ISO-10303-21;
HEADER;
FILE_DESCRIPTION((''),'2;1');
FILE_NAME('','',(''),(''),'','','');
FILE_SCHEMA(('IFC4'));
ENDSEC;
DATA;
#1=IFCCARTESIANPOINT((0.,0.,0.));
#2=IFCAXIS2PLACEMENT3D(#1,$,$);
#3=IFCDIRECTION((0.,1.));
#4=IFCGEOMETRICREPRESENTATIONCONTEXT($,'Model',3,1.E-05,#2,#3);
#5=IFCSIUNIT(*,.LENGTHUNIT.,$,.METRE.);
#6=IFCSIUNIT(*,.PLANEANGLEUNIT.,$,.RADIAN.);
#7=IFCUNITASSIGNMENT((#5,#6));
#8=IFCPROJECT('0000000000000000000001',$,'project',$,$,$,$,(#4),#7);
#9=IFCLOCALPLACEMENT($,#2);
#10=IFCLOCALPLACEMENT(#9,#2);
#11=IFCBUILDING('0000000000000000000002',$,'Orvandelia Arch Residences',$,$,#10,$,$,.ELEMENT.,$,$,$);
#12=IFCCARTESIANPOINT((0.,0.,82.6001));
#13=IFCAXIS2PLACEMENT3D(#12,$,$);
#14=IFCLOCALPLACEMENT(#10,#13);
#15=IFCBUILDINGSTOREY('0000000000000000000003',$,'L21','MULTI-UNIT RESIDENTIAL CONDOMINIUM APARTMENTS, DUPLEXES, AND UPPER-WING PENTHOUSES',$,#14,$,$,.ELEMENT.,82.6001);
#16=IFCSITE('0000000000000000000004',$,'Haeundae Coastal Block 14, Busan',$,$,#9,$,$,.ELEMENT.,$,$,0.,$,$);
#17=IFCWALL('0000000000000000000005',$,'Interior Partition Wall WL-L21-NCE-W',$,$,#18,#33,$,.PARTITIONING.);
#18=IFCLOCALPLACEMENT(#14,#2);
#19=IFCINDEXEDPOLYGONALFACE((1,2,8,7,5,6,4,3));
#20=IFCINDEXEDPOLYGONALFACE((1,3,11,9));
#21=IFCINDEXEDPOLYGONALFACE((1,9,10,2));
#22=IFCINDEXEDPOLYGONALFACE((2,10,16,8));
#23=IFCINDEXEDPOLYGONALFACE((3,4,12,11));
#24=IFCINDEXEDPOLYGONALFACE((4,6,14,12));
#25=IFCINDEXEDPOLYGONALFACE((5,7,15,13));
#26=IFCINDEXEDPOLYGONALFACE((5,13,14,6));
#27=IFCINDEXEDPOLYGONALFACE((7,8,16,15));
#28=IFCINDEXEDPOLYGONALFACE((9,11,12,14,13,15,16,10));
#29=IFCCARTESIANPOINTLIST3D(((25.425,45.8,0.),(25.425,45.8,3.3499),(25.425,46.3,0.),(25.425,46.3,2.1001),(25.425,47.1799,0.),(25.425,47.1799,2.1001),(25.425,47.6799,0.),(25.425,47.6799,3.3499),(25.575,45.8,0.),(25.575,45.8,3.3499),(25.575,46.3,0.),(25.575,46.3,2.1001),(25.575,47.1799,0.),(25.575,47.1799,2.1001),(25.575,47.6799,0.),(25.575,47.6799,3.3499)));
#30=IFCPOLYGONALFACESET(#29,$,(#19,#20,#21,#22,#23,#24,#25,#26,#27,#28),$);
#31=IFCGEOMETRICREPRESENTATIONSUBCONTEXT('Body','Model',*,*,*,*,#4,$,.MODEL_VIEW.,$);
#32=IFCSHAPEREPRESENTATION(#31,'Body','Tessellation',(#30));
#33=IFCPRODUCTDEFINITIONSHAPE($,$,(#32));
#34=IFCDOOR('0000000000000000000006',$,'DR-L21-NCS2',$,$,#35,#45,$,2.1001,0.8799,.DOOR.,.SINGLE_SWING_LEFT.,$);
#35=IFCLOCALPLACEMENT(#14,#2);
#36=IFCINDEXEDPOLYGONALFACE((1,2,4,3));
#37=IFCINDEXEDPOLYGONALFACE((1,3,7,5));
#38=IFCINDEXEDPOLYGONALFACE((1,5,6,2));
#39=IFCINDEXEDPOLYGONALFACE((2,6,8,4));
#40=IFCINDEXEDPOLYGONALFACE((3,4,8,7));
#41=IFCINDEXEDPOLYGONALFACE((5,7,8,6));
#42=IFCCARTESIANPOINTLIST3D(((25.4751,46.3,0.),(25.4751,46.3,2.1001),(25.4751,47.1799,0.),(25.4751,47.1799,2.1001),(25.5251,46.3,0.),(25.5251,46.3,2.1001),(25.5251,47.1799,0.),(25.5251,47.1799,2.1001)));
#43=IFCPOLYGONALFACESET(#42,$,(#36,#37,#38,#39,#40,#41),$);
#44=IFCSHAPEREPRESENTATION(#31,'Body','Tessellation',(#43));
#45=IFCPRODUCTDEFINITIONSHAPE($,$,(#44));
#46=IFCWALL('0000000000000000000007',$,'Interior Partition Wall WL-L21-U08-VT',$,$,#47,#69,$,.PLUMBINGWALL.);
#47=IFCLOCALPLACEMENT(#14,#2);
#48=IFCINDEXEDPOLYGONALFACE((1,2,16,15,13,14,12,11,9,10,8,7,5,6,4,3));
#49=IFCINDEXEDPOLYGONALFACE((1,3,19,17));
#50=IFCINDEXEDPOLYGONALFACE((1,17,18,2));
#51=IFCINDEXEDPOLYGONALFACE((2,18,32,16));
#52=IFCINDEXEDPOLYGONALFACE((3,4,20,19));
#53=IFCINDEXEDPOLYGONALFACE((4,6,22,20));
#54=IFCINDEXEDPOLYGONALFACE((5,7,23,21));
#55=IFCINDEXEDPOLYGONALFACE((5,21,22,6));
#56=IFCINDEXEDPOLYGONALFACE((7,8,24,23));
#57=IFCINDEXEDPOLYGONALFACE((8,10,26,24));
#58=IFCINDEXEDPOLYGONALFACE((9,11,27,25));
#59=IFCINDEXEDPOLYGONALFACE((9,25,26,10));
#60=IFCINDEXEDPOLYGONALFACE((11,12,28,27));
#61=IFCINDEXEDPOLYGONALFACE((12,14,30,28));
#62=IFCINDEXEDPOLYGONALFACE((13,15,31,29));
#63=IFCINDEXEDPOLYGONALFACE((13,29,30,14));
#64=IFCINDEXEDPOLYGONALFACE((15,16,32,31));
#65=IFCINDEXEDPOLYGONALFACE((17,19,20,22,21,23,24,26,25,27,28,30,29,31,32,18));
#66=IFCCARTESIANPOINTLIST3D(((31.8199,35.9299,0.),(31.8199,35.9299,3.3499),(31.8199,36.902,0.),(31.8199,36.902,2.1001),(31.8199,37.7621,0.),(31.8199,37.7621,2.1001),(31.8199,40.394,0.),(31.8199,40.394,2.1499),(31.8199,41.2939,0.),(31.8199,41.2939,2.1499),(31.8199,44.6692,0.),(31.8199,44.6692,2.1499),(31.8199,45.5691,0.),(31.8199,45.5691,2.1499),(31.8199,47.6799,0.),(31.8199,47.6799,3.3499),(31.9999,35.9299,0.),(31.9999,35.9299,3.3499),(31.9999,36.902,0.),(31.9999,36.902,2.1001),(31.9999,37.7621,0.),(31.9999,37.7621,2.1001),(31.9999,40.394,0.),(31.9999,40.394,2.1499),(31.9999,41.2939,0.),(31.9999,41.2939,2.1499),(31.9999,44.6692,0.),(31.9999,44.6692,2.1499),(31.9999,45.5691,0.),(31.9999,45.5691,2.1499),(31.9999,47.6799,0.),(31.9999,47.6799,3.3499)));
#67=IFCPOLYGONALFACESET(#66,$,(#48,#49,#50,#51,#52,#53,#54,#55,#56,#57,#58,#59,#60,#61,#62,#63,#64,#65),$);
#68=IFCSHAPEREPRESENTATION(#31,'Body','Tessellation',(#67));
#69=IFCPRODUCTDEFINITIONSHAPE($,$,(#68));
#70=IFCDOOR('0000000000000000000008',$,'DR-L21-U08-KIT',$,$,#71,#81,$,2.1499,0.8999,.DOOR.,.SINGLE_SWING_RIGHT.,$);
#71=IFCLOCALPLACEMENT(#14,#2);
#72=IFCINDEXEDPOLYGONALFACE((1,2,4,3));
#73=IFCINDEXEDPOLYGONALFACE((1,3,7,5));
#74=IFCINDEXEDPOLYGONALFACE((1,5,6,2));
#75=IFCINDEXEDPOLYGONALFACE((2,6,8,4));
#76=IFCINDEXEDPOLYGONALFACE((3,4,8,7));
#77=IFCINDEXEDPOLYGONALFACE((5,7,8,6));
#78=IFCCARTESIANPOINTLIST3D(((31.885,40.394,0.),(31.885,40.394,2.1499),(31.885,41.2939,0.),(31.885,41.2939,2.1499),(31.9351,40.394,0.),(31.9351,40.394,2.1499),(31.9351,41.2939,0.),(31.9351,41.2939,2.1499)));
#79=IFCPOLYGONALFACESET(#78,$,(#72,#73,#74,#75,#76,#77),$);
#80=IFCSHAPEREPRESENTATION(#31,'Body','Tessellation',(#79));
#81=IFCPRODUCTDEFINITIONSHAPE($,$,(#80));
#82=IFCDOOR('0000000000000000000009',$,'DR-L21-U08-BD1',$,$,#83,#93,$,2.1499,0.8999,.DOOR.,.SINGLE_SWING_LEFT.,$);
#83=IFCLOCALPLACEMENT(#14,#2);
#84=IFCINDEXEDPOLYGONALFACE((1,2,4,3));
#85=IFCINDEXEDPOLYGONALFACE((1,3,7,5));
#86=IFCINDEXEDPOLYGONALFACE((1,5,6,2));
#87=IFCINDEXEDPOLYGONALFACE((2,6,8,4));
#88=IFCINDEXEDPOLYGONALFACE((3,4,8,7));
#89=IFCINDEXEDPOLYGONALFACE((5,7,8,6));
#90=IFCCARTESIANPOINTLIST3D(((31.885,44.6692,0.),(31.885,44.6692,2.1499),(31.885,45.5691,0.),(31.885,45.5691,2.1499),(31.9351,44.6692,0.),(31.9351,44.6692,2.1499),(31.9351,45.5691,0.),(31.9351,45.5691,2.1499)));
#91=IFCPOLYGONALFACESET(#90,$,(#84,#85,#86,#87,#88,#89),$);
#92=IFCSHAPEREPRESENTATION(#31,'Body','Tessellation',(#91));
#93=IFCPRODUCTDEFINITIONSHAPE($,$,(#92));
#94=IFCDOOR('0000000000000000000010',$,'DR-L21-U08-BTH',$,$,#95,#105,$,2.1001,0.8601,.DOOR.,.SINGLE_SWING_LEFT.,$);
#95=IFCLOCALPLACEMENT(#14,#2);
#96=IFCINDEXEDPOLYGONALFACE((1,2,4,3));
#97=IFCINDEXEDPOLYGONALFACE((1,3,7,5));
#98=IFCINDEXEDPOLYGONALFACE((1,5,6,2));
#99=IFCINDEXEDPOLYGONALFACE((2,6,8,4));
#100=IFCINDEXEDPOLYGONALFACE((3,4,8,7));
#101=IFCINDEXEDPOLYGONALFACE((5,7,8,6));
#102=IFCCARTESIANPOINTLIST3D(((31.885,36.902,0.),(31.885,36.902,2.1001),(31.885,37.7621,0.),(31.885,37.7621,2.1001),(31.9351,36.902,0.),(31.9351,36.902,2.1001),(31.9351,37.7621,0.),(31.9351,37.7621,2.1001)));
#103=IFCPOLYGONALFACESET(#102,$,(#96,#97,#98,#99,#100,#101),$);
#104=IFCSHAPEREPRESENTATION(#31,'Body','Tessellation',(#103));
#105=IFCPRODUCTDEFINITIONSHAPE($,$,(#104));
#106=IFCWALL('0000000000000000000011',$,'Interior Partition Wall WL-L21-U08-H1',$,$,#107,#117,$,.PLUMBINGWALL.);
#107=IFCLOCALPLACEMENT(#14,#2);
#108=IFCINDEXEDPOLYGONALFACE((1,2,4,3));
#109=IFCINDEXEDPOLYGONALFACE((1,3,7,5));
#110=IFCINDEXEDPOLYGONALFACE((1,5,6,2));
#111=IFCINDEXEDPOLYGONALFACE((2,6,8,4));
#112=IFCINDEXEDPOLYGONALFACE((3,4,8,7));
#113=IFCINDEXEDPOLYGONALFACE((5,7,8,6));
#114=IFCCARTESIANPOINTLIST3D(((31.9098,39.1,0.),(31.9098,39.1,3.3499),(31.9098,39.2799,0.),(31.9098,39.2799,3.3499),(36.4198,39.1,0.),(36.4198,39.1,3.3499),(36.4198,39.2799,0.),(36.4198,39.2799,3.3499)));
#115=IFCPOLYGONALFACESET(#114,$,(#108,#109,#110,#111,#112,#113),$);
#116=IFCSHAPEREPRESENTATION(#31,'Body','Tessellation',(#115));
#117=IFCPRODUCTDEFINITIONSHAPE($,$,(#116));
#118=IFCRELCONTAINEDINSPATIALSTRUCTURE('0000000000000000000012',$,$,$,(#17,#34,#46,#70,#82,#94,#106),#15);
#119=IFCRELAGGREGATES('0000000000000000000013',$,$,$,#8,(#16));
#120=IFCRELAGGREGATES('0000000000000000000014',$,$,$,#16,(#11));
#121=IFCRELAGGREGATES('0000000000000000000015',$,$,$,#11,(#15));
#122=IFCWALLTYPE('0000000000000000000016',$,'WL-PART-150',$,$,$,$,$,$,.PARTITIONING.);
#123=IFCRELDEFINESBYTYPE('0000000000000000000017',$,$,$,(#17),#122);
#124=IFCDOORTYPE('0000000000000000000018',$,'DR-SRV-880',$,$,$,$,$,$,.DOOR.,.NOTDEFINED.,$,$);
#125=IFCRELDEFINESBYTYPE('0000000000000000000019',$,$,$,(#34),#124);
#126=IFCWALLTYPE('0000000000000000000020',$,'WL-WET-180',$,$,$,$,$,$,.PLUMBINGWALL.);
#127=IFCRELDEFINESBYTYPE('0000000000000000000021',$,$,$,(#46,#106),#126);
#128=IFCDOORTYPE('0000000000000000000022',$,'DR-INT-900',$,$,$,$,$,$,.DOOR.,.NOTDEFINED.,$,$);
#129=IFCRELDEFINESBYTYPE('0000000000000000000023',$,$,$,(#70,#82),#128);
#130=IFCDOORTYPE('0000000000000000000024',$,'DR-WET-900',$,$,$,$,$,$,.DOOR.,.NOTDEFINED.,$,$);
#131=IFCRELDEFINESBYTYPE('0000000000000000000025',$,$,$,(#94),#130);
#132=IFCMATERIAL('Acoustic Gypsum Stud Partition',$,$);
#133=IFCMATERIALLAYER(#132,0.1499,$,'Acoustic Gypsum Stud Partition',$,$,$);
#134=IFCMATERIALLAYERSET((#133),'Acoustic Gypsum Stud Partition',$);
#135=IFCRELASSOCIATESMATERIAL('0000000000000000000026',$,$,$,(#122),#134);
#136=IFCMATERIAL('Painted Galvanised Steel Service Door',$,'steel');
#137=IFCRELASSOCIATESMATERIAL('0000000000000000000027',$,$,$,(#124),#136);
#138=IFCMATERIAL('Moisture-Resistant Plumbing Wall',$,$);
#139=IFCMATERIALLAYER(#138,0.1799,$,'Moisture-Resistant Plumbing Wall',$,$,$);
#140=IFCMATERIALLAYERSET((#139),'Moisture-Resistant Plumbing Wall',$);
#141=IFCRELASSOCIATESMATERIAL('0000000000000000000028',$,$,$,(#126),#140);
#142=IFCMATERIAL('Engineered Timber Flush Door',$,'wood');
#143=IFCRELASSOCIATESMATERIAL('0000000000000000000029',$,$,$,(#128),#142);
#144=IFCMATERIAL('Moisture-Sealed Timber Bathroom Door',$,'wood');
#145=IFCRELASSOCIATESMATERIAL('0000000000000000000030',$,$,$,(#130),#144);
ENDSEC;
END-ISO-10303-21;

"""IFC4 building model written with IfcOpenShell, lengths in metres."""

from ifc_helpers import new_model, si_unit, direction, frame, frame_2d, origin, place, context, subcontext, project, spatial, rectangle, extrude, material, layer, layer_set, type_object, element, fill, save


model = new_model("IFC4")

# Units and contexts
model_context = context("Model", 3, precision=1e-05, world=origin(), true_north=direction((0.0, 1.0)))
body_context = subcontext(model_context, "Body", "Model", "MODEL_VIEW")
ifc_project = project(units=[si_unit("LENGTHUNIT", "METRE"), si_unit("PLANEANGLEUNIT", "RADIAN")], contexts=[model_context])

# Site, building, storey
site_placement = place(None, origin())
site = spatial("IfcSite", under=ifc_project, at=site_placement, Name="Haeundae Coastal Block 14, Busan", CompositionType="ELEMENT", RefElevation=0.0)
building_placement = place(site_placement, origin())
building = spatial("IfcBuilding", under=site, at=building_placement, Name="Orvandelia Arch Residences", CompositionType="ELEMENT")
storey_placement = place(building_placement, frame((0.0, 0.0, 82.6001)))
storey = spatial("IfcBuildingStorey", under=building, at=storey_placement, Name="L21", Description="MULTI-UNIT RESIDENTIAL CONDOMINIUM APARTMENTS, DUPLEXES, AND UPPER-WING PENTHOUSES", CompositionType="ELEMENT", Elevation=82.6001)

# Wall, opening, door
ifc_material_1 = material(Name="Acoustic Gypsum Stud Partition")
ifc_layer_1 = layer(ifc_material_1, 0.1499, Name="Acoustic Gypsum Stud Partition")
ifc_layer_set_1 = layer_set([ifc_layer_1], Name="Acoustic Gypsum Stud Partition")
wall_type_1 = type_object("IfcWallType", Name="WL-PART-150", PredefinedType="PARTITIONING", material=ifc_layer_set_1)
wall_1_placement = place(storey_placement, frame((25.5, 45.8, 0.0), z_axis=(0.0, 0.0, 1.0), x_axis=(0.0, 1.0, 0.0)))
wall_1 = element("IfcWall", 1, at=wall_1_placement, inside=storey, type_object=wall_type_1, Name="Interior Partition Wall WL-L21-NCE-W", PredefinedType="PARTITIONING", context=body_context, shape_type="SweptSolid", body=[
    extrude(rectangle(XDim=1.8799, YDim=0.1499, at=frame_2d((0.9399, 0.0))), origin(), (0.0, 0.0, 1.0), 3.3499),
])
opening_1_placement = place(wall_1_placement, frame((0.5, 0.0, 0.0)))
opening_1 = element("IfcOpeningElement", 2, at=opening_1_placement, cuts=wall_1, PredefinedType="OPENING", context=body_context, shape_type="SweptSolid", body=[
    extrude(rectangle(XDim=0.8799, YDim=2.1001, at=frame_2d((0.4399, 1.05))), frame((0.0, 0.085, 0.0), z_axis=(0.0, -1.0, 0.0), x_axis=(1.0, 0.0, 0.0)), (0.0, 0.0, 1.0), 0.1699),
])
ifc_material_2 = material(Name="Painted Galvanised Steel Service Door", Category="steel")
door_type_1 = type_object("IfcDoorType", Name="DR-SRV-880", OperationType="NOTDEFINED", PredefinedType="DOOR", material=ifc_material_2)
door_1_placement = place(opening_1_placement, origin())
door_1 = element("IfcDoor", 3, at=door_1_placement, inside=storey, type_object=door_type_1, Name="DR-L21-NCS2", OperationType="SINGLE_SWING_LEFT", OverallHeight=2.1001, OverallWidth=0.8799, PredefinedType="DOOR", context=body_context, shape_type="SweptSolid", body=[
    extrude(rectangle(XDim=0.8799, YDim=2.1001, at=frame_2d((0.4399, 1.05))), frame((0.0, 0.0249, 0.0), z_axis=(0.0, -1.0, 0.0), x_axis=(1.0, 0.0, 0.0)), (0.0, 0.0, 1.0), 0.05),
])
fill(opening_1, door_1)

# Wall, openings, doors
ifc_material_3 = material(Name="Moisture-Resistant Plumbing Wall")
ifc_layer_2 = layer(ifc_material_3, 0.1799, Name="Moisture-Resistant Plumbing Wall")
ifc_layer_set_2 = layer_set([ifc_layer_2], Name="Moisture-Resistant Plumbing Wall")
wall_type_2 = type_object("IfcWallType", Name="WL-WET-180", PredefinedType="PLUMBINGWALL", material=ifc_layer_set_2)
wall_2_placement = place(storey_placement, frame((31.9099, 35.9299, 0.0), z_axis=(0.0, 0.0, 1.0), x_axis=(0.0, 1.0, 0.0)))
wall_2 = element("IfcWall", 4, at=wall_2_placement, inside=storey, type_object=wall_type_2, Name="Interior Partition Wall WL-L21-U08-VT", PredefinedType="PLUMBINGWALL", context=body_context, shape_type="SweptSolid", body=[
    extrude(rectangle(XDim=11.75, YDim=0.1799, at=frame_2d((5.875, 0.0))), origin(), (0.0, 0.0, 1.0), 3.3499),
])
opening_2_placement = place(wall_2_placement, frame((0.9719, 0.0, 0.0)))
opening_2 = element("IfcOpeningElement", 5, at=opening_2_placement, cuts=wall_2, PredefinedType="OPENING", context=body_context, shape_type="SweptSolid", body=[
    extrude(rectangle(XDim=0.8601, YDim=2.1001, at=frame_2d((0.4302, 1.05))), frame((0.0, 0.1001, 0.0), z_axis=(0.0, -1.0, 0.0), x_axis=(1.0, 0.0, 0.0)), (0.0, 0.0, 1.0), 0.2),
])
opening_3_placement = place(wall_2_placement, frame((4.4641, 0.0, 0.0)))
opening_3 = element("IfcOpeningElement", 6, at=opening_3_placement, cuts=wall_2, PredefinedType="OPENING", context=body_context, shape_type="SweptSolid", body=[
    extrude(rectangle(XDim=0.8999, YDim=2.1499, at=frame_2d((0.45, 1.075))), frame((0.0, 0.1001, 0.0), z_axis=(0.0, -1.0, 0.0), x_axis=(1.0, 0.0, 0.0)), (0.0, 0.0, 1.0), 0.2),
])
opening_4_placement = place(wall_2_placement, frame((8.7393, 0.0, 0.0)))
opening_4 = element("IfcOpeningElement", 7, at=opening_4_placement, cuts=wall_2, PredefinedType="OPENING", context=body_context, shape_type="SweptSolid", body=[
    extrude(rectangle(XDim=0.8999, YDim=2.1499, at=frame_2d((0.45, 1.075))), frame((0.0, 0.1001, 0.0), z_axis=(0.0, -1.0, 0.0), x_axis=(1.0, 0.0, 0.0)), (0.0, 0.0, 1.0), 0.2),
])
ifc_material_4 = material(Name="Engineered Timber Flush Door", Category="wood")
door_type_2 = type_object("IfcDoorType", Name="DR-INT-900", OperationType="NOTDEFINED", PredefinedType="DOOR", material=ifc_material_4)
door_2_placement = place(opening_3_placement, origin())
door_2 = element("IfcDoor", 8, at=door_2_placement, inside=storey, type_object=door_type_2, Name="DR-L21-U08-KIT", OperationType="SINGLE_SWING_RIGHT", OverallHeight=2.1499, OverallWidth=0.8999, PredefinedType="DOOR", context=body_context, shape_type="SweptSolid", body=[
    extrude(rectangle(XDim=0.8999, YDim=2.1499, at=frame_2d((0.45, 1.075))), frame((0.0, 0.0249, 0.0), z_axis=(0.0, -1.0, 0.0), x_axis=(1.0, 0.0, 0.0)), (0.0, 0.0, 1.0), 0.05),
])
fill(opening_3, door_2)
door_3_placement = place(opening_4_placement, origin())
door_3 = element("IfcDoor", 9, at=door_3_placement, inside=storey, type_object=door_type_2, Name="DR-L21-U08-BD1", OperationType="SINGLE_SWING_LEFT", OverallHeight=2.1499, OverallWidth=0.8999, PredefinedType="DOOR", context=body_context, shape_type="SweptSolid", body=[
    extrude(rectangle(XDim=0.8999, YDim=2.1499, at=frame_2d((0.45, 1.075))), frame((0.0, 0.0249, 0.0), z_axis=(0.0, -1.0, 0.0), x_axis=(1.0, 0.0, 0.0)), (0.0, 0.0, 1.0), 0.05),
])
fill(opening_4, door_3)
ifc_material_5 = material(Name="Moisture-Sealed Timber Bathroom Door", Category="wood")
door_type_3 = type_object("IfcDoorType", Name="DR-WET-900", OperationType="NOTDEFINED", PredefinedType="DOOR", material=ifc_material_5)
door_4_placement = place(opening_2_placement, origin())
door_4 = element("IfcDoor", 10, at=door_4_placement, inside=storey, type_object=door_type_3, Name="DR-L21-U08-BTH", OperationType="SINGLE_SWING_LEFT", OverallHeight=2.1001, OverallWidth=0.8601, PredefinedType="DOOR", context=body_context, shape_type="SweptSolid", body=[
    extrude(rectangle(XDim=0.8601, YDim=2.1001, at=frame_2d((0.4302, 1.05))), frame((0.0, 0.0249, 0.0), z_axis=(0.0, -1.0, 0.0), x_axis=(1.0, 0.0, 0.0)), (0.0, 0.0, 1.0), 0.05),
])
fill(opening_2, door_4)

# Wall
wall_3_placement = place(storey_placement, frame((31.9099, 39.1899, 0.0), z_axis=(0.0, 0.0, 1.0), x_axis=(1.0, 0.0, 0.0)))
element("IfcWall", 11, at=wall_3_placement, inside=storey, type_object=wall_type_2, Name="Interior Partition Wall WL-L21-U08-H1", PredefinedType="PLUMBINGWALL", context=body_context, shape_type="SweptSolid", body=[
    extrude(rectangle(XDim=4.51, YDim=0.1799, at=frame_2d((2.2549, 0.0))), origin(), (0.0, 0.0, 1.0), 3.3499),
])

save(model, "model.ifc")
